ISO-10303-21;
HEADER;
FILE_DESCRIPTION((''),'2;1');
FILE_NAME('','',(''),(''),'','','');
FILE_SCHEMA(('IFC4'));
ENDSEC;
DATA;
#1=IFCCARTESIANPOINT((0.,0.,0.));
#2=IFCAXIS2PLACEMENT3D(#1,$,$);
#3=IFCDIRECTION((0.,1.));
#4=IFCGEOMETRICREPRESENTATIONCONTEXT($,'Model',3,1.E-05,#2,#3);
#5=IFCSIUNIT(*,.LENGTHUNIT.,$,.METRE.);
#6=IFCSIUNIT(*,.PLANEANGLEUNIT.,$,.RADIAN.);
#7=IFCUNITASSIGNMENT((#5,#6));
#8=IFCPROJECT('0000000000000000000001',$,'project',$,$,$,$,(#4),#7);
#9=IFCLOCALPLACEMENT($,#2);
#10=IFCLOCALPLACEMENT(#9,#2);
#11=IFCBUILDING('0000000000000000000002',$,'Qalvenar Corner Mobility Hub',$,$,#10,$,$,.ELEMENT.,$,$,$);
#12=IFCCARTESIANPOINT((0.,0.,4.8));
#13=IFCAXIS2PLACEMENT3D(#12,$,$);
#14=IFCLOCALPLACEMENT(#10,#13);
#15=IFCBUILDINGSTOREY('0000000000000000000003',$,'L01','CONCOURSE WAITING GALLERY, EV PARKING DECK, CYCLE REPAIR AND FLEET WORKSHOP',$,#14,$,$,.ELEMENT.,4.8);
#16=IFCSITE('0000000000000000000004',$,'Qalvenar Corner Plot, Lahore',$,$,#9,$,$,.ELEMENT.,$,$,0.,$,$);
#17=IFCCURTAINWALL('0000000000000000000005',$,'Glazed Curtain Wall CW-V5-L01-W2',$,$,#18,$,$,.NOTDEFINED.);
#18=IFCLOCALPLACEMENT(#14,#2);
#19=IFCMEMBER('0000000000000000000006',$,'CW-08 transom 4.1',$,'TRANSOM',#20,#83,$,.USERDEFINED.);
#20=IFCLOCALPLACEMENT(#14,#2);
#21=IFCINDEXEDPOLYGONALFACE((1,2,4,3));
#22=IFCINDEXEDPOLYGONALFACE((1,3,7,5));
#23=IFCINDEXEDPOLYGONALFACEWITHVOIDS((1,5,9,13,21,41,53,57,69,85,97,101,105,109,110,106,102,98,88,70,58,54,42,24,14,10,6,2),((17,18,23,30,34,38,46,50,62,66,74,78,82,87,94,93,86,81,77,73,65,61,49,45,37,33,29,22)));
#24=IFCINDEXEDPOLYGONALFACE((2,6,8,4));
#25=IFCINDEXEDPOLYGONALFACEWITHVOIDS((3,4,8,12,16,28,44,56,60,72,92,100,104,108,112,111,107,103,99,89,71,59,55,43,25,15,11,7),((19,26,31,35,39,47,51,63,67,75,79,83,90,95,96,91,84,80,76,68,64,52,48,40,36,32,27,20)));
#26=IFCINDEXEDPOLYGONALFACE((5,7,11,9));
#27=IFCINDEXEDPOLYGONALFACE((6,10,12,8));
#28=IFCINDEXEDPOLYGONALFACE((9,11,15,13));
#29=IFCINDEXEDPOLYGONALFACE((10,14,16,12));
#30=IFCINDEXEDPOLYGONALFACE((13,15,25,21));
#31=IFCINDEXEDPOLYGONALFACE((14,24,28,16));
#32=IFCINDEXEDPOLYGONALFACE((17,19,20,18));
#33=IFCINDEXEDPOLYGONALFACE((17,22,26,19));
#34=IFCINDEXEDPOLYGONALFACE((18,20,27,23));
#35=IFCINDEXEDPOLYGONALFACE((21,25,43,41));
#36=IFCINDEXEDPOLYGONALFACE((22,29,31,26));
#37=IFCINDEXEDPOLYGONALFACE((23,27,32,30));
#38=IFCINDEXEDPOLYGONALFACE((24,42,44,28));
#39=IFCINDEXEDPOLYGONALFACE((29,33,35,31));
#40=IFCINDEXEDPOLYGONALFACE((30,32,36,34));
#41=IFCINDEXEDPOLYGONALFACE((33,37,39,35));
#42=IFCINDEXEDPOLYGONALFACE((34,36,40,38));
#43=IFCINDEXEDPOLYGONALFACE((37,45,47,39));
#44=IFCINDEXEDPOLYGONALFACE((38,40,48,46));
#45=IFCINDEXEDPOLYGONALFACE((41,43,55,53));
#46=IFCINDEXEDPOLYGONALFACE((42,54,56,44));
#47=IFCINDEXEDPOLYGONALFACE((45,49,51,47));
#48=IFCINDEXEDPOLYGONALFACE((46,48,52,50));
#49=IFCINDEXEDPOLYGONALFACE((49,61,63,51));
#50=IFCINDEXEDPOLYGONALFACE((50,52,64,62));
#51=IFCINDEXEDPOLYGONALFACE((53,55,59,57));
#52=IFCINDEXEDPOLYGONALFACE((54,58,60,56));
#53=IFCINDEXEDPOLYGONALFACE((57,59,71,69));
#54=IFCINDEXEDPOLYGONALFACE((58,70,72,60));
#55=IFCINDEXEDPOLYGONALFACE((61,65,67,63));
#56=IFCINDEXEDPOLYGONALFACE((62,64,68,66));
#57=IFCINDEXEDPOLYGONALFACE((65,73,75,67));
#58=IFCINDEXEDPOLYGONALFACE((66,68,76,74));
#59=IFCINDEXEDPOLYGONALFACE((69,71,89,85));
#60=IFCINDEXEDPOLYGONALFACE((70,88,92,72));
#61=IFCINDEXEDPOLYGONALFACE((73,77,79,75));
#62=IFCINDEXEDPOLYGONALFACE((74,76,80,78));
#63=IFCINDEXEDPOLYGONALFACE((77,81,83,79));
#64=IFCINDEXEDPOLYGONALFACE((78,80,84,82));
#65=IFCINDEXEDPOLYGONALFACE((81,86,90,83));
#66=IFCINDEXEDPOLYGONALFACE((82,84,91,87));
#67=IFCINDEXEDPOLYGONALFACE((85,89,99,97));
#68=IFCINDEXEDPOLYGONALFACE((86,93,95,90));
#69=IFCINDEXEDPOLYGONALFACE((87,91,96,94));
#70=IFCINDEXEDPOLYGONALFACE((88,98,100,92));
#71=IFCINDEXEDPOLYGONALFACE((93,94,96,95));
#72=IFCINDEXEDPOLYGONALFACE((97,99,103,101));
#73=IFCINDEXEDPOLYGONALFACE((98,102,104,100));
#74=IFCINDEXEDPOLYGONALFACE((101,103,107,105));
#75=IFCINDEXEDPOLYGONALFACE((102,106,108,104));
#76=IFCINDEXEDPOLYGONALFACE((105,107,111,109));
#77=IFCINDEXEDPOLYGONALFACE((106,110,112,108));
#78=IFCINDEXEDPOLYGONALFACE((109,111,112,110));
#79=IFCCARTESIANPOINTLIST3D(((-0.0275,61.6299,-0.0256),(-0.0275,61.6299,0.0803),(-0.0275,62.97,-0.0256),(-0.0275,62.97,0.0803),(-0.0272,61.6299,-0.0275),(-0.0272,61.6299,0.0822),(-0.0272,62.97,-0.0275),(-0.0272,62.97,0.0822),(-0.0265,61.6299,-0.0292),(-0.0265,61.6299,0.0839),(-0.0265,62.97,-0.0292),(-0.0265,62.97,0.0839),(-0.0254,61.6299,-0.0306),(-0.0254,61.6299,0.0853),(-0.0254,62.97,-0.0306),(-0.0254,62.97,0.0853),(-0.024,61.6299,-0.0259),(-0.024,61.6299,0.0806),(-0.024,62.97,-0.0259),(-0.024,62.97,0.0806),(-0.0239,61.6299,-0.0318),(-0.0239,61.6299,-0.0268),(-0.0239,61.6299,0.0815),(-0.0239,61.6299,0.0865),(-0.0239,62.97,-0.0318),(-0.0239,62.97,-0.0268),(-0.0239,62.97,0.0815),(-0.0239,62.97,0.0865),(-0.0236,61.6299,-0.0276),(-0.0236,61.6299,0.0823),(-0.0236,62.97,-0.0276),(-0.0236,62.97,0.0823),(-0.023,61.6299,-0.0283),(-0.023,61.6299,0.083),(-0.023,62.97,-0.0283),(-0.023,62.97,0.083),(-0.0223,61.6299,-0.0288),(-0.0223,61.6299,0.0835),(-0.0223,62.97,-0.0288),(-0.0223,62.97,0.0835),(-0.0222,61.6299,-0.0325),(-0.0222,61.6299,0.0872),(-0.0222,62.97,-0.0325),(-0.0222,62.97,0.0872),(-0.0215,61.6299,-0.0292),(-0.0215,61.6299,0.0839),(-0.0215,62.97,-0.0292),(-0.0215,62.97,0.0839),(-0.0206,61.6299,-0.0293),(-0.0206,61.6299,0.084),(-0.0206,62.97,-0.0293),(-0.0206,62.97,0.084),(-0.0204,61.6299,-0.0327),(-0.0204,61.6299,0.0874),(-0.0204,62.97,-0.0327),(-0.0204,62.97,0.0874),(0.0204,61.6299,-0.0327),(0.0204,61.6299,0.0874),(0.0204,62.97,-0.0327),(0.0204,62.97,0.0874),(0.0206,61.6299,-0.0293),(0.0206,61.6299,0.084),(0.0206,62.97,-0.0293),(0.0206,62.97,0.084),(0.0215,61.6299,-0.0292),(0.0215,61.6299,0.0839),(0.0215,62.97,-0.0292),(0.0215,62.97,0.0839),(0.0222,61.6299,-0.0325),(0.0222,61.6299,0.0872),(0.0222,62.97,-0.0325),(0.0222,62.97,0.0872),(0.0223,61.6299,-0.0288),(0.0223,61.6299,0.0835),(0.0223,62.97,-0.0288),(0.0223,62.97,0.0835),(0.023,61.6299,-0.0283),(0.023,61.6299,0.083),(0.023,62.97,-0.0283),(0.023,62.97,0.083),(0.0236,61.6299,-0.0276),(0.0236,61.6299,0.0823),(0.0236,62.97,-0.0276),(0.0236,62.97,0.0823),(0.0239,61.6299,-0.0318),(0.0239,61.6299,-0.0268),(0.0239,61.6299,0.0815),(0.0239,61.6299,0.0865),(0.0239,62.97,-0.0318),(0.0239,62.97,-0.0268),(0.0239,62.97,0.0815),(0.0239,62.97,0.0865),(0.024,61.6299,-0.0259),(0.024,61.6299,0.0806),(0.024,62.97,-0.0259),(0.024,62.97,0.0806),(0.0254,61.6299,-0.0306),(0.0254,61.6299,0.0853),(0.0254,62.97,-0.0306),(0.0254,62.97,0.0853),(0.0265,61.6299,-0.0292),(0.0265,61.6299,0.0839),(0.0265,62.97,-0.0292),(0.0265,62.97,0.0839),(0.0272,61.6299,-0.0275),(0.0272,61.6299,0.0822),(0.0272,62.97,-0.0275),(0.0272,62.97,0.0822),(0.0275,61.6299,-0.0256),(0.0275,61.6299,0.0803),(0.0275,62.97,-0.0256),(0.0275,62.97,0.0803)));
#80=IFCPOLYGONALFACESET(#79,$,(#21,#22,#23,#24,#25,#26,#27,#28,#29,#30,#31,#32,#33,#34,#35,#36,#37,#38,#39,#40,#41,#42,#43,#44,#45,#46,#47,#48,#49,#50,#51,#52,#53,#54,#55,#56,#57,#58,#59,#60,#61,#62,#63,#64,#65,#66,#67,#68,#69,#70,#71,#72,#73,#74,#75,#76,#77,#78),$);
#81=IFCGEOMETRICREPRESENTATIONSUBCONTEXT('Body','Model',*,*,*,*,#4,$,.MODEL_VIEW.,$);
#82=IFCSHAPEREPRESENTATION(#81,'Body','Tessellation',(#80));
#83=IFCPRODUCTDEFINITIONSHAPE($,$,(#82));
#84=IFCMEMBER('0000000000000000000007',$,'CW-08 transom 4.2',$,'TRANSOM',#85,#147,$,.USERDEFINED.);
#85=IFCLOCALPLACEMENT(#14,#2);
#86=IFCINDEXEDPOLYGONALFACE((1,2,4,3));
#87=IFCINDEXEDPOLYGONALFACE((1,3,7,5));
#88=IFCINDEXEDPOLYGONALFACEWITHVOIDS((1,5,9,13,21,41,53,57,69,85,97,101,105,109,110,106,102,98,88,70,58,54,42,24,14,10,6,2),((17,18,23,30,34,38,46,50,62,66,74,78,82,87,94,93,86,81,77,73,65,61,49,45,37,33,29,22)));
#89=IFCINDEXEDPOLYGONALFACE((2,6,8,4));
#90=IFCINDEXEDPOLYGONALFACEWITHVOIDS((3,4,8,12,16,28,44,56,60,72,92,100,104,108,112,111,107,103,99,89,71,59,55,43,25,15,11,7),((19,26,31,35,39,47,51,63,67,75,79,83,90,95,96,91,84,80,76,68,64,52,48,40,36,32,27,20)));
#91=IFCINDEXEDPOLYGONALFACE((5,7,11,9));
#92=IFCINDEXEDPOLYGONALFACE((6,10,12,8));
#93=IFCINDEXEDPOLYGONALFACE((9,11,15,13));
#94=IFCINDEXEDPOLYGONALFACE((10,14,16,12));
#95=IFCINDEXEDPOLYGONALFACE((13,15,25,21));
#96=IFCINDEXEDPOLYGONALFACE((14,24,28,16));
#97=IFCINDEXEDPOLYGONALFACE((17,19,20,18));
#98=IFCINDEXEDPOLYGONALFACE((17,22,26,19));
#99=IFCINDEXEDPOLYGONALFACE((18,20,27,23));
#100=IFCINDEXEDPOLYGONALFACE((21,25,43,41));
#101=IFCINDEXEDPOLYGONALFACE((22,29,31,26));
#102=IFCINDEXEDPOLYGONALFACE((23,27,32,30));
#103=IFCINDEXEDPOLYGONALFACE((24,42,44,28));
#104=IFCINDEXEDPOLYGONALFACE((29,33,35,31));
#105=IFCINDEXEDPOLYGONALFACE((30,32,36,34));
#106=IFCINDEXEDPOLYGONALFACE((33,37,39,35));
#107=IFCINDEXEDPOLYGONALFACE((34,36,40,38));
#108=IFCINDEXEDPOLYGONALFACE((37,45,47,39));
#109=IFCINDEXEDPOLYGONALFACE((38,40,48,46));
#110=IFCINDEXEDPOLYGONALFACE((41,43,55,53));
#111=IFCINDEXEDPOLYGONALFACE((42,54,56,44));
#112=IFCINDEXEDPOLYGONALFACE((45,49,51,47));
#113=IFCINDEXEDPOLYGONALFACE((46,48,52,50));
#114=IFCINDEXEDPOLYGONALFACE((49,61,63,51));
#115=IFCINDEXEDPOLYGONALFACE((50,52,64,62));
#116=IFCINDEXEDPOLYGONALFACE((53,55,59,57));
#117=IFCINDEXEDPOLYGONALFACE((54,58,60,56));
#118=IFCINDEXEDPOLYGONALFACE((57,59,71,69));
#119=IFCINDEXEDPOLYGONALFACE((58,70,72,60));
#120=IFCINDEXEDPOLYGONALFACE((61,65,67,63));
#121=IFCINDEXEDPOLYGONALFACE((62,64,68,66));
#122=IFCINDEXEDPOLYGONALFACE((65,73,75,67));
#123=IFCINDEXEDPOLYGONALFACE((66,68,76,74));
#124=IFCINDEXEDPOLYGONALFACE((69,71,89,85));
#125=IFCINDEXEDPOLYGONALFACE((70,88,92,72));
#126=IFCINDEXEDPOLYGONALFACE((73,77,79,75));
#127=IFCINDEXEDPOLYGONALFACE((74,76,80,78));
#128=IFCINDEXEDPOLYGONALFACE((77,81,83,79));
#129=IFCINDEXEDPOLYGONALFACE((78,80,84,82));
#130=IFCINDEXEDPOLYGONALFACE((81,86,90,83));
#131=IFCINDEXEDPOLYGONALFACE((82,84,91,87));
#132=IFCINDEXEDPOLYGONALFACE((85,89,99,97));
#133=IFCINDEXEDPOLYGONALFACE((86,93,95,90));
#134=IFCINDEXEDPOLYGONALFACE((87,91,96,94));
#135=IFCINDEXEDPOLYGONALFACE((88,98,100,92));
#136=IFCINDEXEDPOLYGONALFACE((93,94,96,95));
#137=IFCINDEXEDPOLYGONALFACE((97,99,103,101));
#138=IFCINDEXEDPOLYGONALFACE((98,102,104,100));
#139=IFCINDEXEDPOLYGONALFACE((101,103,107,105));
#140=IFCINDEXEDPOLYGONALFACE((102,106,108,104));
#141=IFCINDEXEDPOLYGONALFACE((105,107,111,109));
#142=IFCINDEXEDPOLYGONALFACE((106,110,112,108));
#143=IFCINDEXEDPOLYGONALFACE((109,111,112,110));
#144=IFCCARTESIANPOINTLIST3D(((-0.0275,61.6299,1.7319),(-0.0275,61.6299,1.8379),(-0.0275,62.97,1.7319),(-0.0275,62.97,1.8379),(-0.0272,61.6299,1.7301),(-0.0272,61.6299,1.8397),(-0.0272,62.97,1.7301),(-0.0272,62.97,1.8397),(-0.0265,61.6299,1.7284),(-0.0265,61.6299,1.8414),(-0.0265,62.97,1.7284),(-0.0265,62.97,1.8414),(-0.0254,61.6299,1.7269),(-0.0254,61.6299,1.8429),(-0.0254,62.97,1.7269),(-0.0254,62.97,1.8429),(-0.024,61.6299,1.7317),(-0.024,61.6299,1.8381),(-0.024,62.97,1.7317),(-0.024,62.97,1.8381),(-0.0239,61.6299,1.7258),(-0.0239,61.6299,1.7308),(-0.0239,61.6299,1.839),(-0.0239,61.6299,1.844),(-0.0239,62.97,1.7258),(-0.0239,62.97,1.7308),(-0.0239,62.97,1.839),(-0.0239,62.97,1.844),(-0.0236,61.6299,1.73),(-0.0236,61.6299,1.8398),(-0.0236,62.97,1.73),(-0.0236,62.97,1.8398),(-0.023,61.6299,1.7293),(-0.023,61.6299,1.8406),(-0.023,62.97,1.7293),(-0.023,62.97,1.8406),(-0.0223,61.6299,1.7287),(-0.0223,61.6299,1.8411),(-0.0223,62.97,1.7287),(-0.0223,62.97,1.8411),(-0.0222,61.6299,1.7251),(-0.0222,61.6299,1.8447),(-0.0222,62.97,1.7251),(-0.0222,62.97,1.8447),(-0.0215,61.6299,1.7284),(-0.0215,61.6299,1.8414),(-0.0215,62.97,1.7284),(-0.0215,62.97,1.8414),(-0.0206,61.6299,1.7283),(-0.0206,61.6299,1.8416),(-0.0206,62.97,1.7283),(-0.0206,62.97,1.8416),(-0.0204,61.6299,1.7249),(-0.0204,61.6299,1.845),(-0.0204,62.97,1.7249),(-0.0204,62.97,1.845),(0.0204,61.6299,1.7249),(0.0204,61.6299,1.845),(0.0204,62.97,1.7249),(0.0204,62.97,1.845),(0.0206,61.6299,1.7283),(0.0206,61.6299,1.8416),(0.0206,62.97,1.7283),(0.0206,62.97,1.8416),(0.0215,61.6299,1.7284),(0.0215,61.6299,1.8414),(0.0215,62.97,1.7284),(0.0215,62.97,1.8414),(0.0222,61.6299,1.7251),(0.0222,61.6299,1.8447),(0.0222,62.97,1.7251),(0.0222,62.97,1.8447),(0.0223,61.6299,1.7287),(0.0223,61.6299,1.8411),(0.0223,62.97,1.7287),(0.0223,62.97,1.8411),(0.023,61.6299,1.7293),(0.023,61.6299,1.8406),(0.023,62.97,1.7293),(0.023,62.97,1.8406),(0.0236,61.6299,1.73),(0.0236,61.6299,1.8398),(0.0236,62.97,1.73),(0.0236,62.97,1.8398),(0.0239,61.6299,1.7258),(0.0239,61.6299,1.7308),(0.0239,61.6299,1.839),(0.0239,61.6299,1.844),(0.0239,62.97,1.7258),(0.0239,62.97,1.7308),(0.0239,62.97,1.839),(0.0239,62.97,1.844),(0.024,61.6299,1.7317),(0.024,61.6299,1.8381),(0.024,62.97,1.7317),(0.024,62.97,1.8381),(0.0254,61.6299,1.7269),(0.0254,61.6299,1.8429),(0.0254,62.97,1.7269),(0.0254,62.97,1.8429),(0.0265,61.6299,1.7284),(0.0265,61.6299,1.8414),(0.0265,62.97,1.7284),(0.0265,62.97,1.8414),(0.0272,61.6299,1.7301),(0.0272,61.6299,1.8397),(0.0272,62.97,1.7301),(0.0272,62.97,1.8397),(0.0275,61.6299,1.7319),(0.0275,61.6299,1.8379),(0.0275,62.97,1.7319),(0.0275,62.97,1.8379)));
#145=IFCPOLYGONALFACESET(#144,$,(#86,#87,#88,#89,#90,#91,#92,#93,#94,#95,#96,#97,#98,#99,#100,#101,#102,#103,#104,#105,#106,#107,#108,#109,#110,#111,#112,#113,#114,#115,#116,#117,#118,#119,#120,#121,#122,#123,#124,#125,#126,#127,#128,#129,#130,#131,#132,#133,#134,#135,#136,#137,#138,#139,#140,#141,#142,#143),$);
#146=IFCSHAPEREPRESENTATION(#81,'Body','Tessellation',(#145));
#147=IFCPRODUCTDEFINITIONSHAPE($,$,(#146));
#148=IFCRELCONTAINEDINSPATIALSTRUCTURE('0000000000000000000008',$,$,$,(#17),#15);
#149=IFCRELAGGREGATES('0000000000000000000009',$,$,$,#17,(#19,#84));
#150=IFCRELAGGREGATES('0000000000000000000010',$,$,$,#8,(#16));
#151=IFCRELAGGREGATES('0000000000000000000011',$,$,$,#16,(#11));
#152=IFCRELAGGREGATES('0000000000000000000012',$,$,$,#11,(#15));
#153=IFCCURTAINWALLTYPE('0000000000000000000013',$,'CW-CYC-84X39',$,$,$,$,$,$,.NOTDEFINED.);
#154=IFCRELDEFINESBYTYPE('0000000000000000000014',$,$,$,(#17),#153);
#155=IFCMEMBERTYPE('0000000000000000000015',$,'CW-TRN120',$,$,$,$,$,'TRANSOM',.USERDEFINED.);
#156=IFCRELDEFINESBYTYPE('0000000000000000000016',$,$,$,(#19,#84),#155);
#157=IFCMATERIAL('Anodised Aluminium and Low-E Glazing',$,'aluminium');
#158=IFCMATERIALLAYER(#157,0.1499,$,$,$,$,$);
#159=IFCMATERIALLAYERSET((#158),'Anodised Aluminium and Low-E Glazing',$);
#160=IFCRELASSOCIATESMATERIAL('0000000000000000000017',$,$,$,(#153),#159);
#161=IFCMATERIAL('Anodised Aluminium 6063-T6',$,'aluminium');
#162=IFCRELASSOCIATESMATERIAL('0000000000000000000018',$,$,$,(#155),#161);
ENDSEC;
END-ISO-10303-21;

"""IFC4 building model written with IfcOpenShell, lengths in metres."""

from ifc_helpers import new_model, si_unit, direction, frame, origin, origin_2d, place, context, subcontext, project, spatial, hollow_rectangle, extrude, material, layer, layer_set, material_profile, profile_set, type_object, element, aggregate, save


model = new_model("IFC4")

# Units and contexts
model_context = context("Model", 3, precision=1e-05, world=origin(), true_north=direction((0.0, 1.0)))
body_context = subcontext(model_context, "Body", "Model", "MODEL_VIEW")
ifc_project = project(units=[si_unit("LENGTHUNIT", "METRE"), si_unit("PLANEANGLEUNIT", "RADIAN")], contexts=[model_context])

# Site, building, storey
site_placement = place(None, origin())
site = spatial("IfcSite", under=ifc_project, at=site_placement, Name="Qalvenar Corner Plot, Lahore", CompositionType="ELEMENT", RefElevation=0.0)
building_placement = place(site_placement, origin())
building = spatial("IfcBuilding", under=site, at=building_placement, Name="Qalvenar Corner Mobility Hub", CompositionType="ELEMENT")
storey_placement = place(building_placement, frame((0.0, 0.0, 4.8)))
storey = spatial("IfcBuildingStorey", under=building, at=storey_placement, Name="L01", Description="CONCOURSE WAITING GALLERY, EV PARKING DECK, CYCLE REPAIR AND FLEET WORKSHOP", CompositionType="ELEMENT", Elevation=4.8)

# Curtain wall, members
ifc_material_1 = material(Name="Anodised Aluminium and Low-E Glazing", Category="aluminium")
ifc_layer_1 = layer(ifc_material_1, 0.1499)
ifc_layer_set_1 = layer_set([ifc_layer_1], Name="Anodised Aluminium and Low-E Glazing")
curtain_wall_type = type_object("IfcCurtainWallType", Name="CW-CYC-84X39", PredefinedType="NOTDEFINED", material=ifc_layer_set_1)
curtain_wall_placement = place(storey_placement, origin())
curtain_wall = element("IfcCurtainWall", 1, at=curtain_wall_placement, inside=storey, type_object=curtain_wall_type, Name="Glazed Curtain Wall CW-V5-L01-W2", PredefinedType="NOTDEFINED")
ifc_material_2 = material(Name="Anodised Aluminium 6063-T6", Category="aluminium")
ifc_material_profile_1 = material_profile(ifc_material_2, hollow_rectangle(XDim=0.0549, YDim=0.1201, WallThickness=0.0034, InnerFilletRadius=0.0034, OuterFilletRadius=0.0071, at=origin_2d()), Name="RHS120x55x3.5")
ifc_profile_set_1 = profile_set([ifc_material_profile_1], Name="Anodised Aluminium 6063-T6")
member_type_1 = type_object("IfcMemberType", Name="CW-TRN120", ElementType="TRANSOM", PredefinedType="USERDEFINED", material=ifc_profile_set_1)
member_1_placement = place(storey_placement, frame((0.0, 62.97, 0.0273), z_axis=(0.0, -1.0, 0.0), x_axis=(1.0, 0.0, 0.0)))
member_1 = element("IfcMember", 2, at=member_1_placement, type_object=member_type_1, Name="CW-08 transom 4.1", ObjectType="TRANSOM", PredefinedType="USERDEFINED", context=body_context, shape_type="SweptSolid", body=[
    extrude(hollow_rectangle(XDim=0.0549, YDim=0.1201, WallThickness=0.0034, InnerFilletRadius=0.0034, OuterFilletRadius=0.0071, at=origin_2d()), origin(), (0.0, 0.0, 1.0), 1.3401),
])
member_2_placement = place(storey_placement, frame((0.0, 62.97, 1.7849), z_axis=(0.0, -1.0, 0.0), x_axis=(1.0, 0.0, 0.0)))
member_2 = element("IfcMember", 3, at=member_2_placement, type_object=member_type_1, Name="CW-08 transom 4.2", ObjectType="TRANSOM", PredefinedType="USERDEFINED", context=body_context, shape_type="SweptSolid", body=[
    extrude(hollow_rectangle(XDim=0.0549, YDim=0.1201, WallThickness=0.0034, InnerFilletRadius=0.0034, OuterFilletRadius=0.0071, at=origin_2d()), origin(), (0.0, 0.0, 1.0), 1.3401),
])
aggregate(curtain_wall, [member_1, member_2])

save(model, "model.ifc")
